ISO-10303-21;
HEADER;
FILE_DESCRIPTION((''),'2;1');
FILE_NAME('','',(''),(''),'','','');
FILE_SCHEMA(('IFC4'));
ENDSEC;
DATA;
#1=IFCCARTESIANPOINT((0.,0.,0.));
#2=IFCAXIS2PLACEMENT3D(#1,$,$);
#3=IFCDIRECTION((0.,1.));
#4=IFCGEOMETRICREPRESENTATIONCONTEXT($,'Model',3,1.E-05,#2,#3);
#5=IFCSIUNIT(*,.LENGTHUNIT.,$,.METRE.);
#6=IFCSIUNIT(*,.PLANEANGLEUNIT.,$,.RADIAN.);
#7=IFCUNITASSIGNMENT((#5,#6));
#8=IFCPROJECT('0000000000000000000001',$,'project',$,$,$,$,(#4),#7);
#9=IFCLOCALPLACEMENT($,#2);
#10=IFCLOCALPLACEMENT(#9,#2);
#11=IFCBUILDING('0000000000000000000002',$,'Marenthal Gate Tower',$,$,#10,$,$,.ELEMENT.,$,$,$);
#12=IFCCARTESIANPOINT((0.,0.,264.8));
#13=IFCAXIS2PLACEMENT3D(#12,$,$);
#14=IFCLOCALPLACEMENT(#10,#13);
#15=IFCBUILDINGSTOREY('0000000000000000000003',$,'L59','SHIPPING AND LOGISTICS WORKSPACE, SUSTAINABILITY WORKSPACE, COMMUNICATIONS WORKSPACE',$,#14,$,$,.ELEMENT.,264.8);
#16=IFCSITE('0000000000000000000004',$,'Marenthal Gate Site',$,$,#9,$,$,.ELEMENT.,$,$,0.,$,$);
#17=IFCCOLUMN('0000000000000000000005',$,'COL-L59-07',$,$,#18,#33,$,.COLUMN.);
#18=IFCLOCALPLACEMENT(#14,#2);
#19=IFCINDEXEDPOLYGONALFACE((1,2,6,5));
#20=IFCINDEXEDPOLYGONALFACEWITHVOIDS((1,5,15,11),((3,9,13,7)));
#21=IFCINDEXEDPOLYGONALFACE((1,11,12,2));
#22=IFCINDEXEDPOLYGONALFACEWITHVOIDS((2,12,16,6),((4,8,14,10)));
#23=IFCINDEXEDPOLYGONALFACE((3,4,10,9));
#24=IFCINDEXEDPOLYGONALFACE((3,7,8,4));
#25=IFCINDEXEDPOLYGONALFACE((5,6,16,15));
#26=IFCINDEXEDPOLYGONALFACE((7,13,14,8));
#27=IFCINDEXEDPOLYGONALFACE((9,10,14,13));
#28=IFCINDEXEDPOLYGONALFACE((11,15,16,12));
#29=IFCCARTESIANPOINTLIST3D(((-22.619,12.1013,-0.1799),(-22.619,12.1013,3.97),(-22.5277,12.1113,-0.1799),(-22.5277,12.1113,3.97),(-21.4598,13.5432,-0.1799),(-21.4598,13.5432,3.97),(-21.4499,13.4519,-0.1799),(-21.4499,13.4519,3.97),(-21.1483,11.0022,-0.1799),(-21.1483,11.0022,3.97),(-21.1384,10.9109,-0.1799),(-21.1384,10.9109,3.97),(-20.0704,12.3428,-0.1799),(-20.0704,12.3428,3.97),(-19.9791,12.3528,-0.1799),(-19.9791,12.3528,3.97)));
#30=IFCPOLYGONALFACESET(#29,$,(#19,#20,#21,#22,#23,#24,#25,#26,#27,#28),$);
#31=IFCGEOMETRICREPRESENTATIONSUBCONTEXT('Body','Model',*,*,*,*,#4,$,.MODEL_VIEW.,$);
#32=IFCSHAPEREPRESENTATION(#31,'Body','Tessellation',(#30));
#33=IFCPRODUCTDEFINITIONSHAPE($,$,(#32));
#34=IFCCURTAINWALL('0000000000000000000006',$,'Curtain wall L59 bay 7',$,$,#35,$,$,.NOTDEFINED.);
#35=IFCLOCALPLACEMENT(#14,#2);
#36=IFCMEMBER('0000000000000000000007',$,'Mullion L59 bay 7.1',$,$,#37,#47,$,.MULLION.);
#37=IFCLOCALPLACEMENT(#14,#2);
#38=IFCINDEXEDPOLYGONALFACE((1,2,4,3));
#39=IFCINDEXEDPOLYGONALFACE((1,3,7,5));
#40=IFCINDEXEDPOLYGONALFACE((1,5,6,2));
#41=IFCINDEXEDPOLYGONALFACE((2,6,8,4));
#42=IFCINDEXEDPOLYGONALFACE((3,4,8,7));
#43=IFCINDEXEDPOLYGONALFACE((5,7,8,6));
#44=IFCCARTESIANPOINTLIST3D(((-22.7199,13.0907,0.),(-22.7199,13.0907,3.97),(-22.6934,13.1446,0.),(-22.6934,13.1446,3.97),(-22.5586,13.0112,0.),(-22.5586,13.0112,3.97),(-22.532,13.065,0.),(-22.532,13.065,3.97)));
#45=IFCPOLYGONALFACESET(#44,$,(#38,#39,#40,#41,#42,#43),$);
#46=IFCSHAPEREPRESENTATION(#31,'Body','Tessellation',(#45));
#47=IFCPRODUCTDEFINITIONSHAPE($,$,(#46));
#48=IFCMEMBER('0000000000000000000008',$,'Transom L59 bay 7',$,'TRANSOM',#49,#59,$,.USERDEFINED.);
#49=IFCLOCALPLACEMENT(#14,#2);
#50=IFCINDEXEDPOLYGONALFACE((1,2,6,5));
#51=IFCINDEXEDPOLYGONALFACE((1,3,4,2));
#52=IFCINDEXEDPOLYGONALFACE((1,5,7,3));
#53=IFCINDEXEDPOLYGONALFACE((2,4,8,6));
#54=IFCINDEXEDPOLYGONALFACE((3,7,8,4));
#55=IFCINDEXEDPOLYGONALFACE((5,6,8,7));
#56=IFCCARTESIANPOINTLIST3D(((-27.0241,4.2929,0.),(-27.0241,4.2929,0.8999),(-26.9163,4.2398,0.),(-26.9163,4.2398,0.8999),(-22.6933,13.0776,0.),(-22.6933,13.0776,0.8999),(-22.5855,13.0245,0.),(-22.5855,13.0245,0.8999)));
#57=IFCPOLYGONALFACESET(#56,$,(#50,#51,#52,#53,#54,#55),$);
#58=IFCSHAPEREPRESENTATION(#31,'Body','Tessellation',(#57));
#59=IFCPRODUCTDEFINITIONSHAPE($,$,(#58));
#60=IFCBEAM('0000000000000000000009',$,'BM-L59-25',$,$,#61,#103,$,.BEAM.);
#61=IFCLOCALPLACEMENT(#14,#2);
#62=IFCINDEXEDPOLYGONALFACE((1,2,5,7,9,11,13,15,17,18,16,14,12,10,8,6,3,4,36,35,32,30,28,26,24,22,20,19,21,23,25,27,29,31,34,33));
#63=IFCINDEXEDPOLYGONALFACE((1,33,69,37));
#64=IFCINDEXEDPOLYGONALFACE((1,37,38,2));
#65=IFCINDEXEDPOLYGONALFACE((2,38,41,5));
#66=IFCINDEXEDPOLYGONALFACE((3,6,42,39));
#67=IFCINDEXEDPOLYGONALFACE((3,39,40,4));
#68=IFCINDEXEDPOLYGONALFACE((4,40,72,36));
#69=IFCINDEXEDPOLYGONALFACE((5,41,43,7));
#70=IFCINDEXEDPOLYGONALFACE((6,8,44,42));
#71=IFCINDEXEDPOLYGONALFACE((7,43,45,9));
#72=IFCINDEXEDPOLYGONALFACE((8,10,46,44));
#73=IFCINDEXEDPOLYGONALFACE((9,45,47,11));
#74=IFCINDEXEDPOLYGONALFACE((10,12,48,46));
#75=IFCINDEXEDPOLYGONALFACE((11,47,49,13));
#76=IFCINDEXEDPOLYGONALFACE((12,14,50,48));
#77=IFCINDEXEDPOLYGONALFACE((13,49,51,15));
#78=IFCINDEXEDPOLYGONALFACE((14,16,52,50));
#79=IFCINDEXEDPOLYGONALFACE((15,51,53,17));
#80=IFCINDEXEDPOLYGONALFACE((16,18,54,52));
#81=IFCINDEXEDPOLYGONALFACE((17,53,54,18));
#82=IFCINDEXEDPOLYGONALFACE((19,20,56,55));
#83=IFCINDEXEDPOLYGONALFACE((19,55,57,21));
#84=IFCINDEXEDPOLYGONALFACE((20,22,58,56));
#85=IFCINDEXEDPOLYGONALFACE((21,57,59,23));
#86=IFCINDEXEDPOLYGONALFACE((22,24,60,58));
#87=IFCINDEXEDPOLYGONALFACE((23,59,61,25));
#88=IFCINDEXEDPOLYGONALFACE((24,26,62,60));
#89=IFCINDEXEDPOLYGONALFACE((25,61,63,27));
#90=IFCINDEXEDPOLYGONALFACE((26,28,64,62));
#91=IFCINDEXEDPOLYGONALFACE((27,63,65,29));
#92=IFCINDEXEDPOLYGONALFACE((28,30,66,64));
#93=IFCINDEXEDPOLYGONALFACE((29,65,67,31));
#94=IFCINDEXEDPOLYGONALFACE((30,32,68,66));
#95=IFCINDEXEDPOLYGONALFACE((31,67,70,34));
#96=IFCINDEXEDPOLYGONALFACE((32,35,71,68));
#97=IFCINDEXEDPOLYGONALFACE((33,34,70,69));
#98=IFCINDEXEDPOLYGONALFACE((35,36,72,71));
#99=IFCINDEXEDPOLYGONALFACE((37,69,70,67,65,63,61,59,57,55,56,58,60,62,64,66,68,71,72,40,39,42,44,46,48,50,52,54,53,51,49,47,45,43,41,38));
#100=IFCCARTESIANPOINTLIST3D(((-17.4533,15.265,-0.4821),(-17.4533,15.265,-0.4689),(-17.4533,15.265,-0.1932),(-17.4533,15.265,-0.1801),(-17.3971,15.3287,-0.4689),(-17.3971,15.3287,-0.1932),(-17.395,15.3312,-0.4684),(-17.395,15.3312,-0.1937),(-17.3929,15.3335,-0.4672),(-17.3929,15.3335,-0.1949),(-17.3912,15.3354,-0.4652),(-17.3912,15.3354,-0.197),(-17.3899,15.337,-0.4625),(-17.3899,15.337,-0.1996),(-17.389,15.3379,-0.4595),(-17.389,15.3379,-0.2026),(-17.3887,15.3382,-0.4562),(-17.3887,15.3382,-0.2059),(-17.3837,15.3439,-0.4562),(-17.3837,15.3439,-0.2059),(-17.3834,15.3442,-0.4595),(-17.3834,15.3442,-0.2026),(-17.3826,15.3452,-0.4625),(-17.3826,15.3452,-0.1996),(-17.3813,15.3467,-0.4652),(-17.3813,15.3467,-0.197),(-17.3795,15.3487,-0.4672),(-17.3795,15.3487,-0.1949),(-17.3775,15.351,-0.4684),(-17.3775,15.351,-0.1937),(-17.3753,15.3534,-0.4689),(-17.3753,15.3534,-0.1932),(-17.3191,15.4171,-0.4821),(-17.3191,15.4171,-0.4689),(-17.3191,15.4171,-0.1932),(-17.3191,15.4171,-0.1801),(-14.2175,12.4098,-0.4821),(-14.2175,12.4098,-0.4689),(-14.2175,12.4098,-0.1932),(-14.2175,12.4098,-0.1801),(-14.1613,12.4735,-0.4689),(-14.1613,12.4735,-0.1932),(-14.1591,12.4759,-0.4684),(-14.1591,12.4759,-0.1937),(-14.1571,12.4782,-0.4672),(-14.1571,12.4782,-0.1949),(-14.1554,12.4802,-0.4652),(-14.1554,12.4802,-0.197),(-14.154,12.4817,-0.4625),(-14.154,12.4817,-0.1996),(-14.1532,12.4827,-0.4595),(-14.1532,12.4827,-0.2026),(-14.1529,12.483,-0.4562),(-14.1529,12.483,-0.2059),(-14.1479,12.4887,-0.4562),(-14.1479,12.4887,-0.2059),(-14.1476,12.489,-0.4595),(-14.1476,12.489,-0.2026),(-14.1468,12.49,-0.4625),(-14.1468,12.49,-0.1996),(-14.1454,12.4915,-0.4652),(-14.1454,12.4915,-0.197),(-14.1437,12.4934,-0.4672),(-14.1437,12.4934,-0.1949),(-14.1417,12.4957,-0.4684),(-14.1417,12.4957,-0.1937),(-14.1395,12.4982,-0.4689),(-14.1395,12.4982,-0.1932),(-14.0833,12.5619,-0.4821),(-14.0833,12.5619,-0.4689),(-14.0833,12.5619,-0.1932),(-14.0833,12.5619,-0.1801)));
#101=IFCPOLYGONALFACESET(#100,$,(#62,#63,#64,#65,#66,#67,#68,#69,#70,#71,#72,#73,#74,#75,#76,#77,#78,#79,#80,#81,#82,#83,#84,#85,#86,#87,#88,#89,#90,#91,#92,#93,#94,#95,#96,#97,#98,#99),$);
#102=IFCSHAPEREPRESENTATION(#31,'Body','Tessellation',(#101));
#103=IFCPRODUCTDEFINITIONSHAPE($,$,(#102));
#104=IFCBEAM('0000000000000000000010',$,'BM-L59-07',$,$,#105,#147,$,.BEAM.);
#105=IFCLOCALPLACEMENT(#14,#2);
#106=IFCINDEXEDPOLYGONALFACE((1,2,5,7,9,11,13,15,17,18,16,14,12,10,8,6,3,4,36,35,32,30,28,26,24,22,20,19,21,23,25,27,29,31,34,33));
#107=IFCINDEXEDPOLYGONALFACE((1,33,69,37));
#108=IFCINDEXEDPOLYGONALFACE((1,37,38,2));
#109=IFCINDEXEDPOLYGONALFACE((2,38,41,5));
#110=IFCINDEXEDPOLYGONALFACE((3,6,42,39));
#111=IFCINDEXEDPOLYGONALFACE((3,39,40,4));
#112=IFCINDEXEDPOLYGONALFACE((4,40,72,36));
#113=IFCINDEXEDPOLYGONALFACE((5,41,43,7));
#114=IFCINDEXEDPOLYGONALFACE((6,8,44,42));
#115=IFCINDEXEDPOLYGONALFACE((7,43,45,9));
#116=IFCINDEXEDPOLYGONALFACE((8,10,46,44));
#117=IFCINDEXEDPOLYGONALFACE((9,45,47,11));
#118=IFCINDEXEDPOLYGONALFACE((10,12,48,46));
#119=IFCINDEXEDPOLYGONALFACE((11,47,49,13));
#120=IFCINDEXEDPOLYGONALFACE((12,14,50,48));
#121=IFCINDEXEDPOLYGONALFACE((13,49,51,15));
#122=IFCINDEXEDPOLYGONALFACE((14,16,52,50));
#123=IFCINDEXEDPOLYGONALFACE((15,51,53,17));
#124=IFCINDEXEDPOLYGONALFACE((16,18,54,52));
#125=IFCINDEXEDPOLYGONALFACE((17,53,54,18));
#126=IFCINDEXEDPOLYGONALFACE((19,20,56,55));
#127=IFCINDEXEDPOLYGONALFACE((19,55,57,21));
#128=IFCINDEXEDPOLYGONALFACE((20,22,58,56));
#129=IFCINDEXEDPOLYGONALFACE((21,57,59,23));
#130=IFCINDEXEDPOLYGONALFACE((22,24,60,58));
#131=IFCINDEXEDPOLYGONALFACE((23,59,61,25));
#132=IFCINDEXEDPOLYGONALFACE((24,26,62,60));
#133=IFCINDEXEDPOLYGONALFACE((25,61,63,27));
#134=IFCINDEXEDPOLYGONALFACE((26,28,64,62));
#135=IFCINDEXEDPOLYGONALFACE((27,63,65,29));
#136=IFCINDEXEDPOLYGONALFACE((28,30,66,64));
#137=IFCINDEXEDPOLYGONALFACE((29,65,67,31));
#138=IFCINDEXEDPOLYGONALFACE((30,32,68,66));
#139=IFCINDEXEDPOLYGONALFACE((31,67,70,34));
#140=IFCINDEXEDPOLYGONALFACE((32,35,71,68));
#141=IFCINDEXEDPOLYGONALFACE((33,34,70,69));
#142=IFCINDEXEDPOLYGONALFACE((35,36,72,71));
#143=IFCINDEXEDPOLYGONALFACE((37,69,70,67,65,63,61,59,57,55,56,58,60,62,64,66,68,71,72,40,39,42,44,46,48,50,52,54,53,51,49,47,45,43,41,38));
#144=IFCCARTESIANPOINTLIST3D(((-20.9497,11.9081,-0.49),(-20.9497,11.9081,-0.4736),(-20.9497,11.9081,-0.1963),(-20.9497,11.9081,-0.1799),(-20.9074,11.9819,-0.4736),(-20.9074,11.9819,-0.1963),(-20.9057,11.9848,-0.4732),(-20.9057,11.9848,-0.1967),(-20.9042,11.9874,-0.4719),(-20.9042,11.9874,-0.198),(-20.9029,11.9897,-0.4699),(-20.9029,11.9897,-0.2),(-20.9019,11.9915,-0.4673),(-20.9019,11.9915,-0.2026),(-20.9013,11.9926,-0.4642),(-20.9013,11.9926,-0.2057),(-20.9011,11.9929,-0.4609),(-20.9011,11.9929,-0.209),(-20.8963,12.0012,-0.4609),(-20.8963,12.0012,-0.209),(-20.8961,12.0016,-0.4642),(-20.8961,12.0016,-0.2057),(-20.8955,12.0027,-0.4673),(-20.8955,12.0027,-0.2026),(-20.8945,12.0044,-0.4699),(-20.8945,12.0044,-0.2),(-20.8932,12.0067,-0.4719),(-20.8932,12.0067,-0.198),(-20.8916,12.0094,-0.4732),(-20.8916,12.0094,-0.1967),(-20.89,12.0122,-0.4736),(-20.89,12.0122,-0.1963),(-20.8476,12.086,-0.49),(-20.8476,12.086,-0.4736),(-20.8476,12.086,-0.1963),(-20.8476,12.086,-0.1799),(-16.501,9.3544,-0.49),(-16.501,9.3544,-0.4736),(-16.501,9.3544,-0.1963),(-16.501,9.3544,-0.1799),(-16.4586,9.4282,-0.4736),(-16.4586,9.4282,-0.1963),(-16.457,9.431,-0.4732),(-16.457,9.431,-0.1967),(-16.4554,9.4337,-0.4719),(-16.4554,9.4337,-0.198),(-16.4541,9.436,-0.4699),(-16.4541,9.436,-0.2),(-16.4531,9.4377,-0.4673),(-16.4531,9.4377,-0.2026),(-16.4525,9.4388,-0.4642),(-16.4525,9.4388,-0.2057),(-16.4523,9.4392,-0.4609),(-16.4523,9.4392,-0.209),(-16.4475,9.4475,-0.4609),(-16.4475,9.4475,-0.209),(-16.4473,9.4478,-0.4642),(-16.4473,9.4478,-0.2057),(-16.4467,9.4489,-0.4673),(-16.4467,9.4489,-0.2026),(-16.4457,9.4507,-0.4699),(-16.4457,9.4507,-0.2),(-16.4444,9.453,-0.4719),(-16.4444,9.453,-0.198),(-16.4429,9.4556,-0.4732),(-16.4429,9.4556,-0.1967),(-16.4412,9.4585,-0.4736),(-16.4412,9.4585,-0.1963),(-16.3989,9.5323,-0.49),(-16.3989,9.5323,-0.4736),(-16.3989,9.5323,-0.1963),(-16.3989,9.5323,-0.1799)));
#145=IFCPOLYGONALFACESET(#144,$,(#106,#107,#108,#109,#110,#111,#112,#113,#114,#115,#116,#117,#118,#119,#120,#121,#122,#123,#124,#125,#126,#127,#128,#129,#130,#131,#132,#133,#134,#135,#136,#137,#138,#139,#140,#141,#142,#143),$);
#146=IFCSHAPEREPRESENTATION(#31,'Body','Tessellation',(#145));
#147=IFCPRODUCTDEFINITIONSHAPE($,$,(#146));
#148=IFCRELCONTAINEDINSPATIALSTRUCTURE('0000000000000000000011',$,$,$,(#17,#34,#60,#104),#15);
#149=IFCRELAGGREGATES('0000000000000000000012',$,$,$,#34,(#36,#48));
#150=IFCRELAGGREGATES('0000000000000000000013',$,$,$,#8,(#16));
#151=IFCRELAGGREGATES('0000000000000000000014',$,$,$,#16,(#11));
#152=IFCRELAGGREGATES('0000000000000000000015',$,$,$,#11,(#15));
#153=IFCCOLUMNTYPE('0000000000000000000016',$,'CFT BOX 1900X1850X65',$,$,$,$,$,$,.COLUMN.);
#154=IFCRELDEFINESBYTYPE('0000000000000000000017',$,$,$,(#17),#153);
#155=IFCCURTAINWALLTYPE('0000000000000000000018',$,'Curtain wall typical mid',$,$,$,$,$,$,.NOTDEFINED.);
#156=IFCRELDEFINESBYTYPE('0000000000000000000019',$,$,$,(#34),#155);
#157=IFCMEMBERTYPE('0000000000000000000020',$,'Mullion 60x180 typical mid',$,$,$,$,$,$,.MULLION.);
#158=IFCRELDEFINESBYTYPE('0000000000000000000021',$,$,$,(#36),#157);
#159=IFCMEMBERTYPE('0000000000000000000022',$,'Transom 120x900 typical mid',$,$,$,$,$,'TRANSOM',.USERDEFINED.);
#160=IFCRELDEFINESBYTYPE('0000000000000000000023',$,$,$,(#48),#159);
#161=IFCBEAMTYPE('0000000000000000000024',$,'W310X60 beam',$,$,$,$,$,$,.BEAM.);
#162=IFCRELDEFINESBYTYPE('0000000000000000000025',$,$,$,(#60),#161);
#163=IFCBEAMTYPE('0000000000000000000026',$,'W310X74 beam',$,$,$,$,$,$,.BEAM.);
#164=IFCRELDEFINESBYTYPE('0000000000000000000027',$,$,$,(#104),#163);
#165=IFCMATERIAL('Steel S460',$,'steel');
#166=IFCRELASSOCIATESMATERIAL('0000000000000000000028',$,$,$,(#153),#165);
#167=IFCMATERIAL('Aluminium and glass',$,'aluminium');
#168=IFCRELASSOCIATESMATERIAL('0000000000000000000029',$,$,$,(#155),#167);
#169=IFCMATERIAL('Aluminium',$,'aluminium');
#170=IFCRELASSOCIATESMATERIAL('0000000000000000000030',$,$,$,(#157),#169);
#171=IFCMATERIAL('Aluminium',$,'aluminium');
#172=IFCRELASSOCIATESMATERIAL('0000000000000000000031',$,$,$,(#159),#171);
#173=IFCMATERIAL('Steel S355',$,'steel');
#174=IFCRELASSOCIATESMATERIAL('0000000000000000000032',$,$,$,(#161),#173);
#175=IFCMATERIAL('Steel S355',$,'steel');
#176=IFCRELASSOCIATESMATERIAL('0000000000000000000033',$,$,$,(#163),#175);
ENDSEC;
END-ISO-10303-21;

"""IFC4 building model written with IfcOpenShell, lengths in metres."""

from ifc_helpers import new_model, si_unit, direction, frame, origin, origin_2d, place, context, subcontext, project, spatial, rectangle, hollow_rectangle, i_section, extrude, material, material_profile, profile_set, type_object, element, aggregate, save


model = new_model("IFC4")

# Units and contexts
model_context = context("Model", 3, precision=1e-05, world=origin(), true_north=direction((0.0, 1.0)))
body_context = subcontext(model_context, "Body", "Model", "MODEL_VIEW")
ifc_project = project(units=[si_unit("LENGTHUNIT", "METRE"), si_unit("PLANEANGLEUNIT", "RADIAN")], contexts=[model_context])

# Site, building, storey
site_placement = place(None, origin())
site = spatial("IfcSite", under=ifc_project, at=site_placement, Name="Marenthal Gate Site", CompositionType="ELEMENT", RefElevation=0.0)
building_placement = place(site_placement, origin())
building = spatial("IfcBuilding", under=site, at=building_placement, Name="Marenthal Gate Tower", CompositionType="ELEMENT")
storey_placement = place(building_placement, frame((0.0, 0.0, 264.8)))
storey = spatial("IfcBuildingStorey", under=building, at=storey_placement, Name="L59", Description="SHIPPING AND LOGISTICS WORKSPACE, SUSTAINABILITY WORKSPACE, COMMUNICATIONS WORKSPACE", CompositionType="ELEMENT", Elevation=264.8)

# Column
ifc_material_1 = material(Name="Steel S460", Category="steel")
ifc_material_profile_1 = material_profile(ifc_material_1, hollow_rectangle(XDim=1.8501, YDim=1.8999, WallThickness=0.0649, at=origin_2d()), Name="CFT BOX 1900X1850X65")
ifc_material_2 = material(Name="Concrete 70 MPa", Category="concrete")
ifc_material_profile_2 = material_profile(ifc_material_2, rectangle(XDim=1.72, YDim=1.77, at=origin_2d()), Name="CFT BOX 1900X1850X65 INFILL")
ifc_profile_set_1 = profile_set([ifc_material_profile_1, ifc_material_profile_2], Name="Steel S460 shell, Concrete 70 MPa infill")
column_type = type_object("IfcColumnType", Name="CFT BOX 1900X1850X65", PredefinedType="COLUMN", material=ifc_profile_set_1)
column_placement = place(storey_placement, frame((-21.2991, 12.2271, -0.1799), z_axis=(0.0, 0.0, 1.0), x_axis=(0.626593, 0.779347, 0.0)))
element("IfcColumn", 1, at=column_placement, inside=storey, type_object=column_type, Name="COL-L59-07", PredefinedType="COLUMN", context=body_context, shape_type="SweptSolid", body=[
    extrude(hollow_rectangle(XDim=1.8501, YDim=1.8999, WallThickness=0.0649, at=origin_2d()), origin(), (0.0, 0.0, 1.0), 4.1499),
])

# Curtain wall, members
ifc_material_3 = material(Name="Aluminium and glass", Category="aluminium")
curtain_wall_type = type_object("IfcCurtainWallType", Name="Curtain wall typical mid", PredefinedType="NOTDEFINED", material=ifc_material_3)
curtain_wall_placement = place(storey_placement, origin())
curtain_wall = element("IfcCurtainWall", 2, at=curtain_wall_placement, inside=storey, type_object=curtain_wall_type, Name="Curtain wall L59 bay 7", PredefinedType="NOTDEFINED")
ifc_material_4 = material(Name="Aluminium", Category="aluminium")
ifc_material_profile_3 = material_profile(ifc_material_4, rectangle(XDim=0.1799, YDim=0.0601, at=origin_2d()), Name="60x180 aluminium mullion")
ifc_profile_set_2 = profile_set([ifc_material_profile_3], Name="Aluminium")
member_type_1 = type_object("IfcMemberType", Name="Mullion 60x180 typical mid", PredefinedType="MULLION", material=ifc_profile_set_2)
member_1_placement = place(storey_placement, frame((-22.626, 13.0779, 0.0), z_axis=(0.0, 0.0, 1.0), x_axis=(0.896921, -0.442192, 0.0)))
member_1 = element("IfcMember", 3, at=member_1_placement, type_object=member_type_1, Name="Mullion L59 bay 7.1", PredefinedType="MULLION", context=body_context, shape_type="SweptSolid", body=[
    extrude(rectangle(XDim=0.1799, YDim=0.0601, at=origin_2d()), origin(), (0.0, 0.0, 1.0), 3.97),
])
ifc_material_5 = material(Name="Aluminium", Category="aluminium")
ifc_material_profile_4 = material_profile(ifc_material_5, rectangle(XDim=0.1201, YDim=0.8999, at=origin_2d()), Name="120x900 aluminium transom")
ifc_profile_set_3 = profile_set([ifc_material_profile_4], Name="Aluminium")
member_type_2 = type_object("IfcMemberType", Name="Transom 120x900 typical mid", ElementType="TRANSOM", PredefinedType="USERDEFINED", material=ifc_profile_set_3)
member_2_placement = place(storey_placement, frame((-22.6394, 13.051, 0.45), z_axis=(-0.442181, -0.896926, 0.0), x_axis=(0.896926, -0.442181, 0.0)))
member_2 = element("IfcMember", 4, at=member_2_placement, type_object=member_type_2, Name="Transom L59 bay 7", ObjectType="TRANSOM", PredefinedType="USERDEFINED", context=body_context, shape_type="SweptSolid", body=[
    extrude(rectangle(XDim=0.1201, YDim=0.8999, at=origin_2d()), origin(), (0.0, 0.0, 1.0), 9.7942),
])

# Beams
ifc_material_6 = material(Name="Steel S355", Category="steel")
ifc_material_profile_5 = material_profile(ifc_material_6, i_section(OverallWidth=0.2029, OverallDepth=0.302, WebThickness=0.0076, FlangeThickness=0.0132, FilletRadius=0.0127, at=origin_2d()), Name="W310X60")
ifc_profile_set_4 = profile_set([ifc_material_profile_5], Name="Steel S355")
beam_type_1 = type_object("IfcBeamType", Name="W310X60 beam", PredefinedType="BEAM", material=ifc_profile_set_4)
beam_1_placement = place(storey_placement, frame((-17.3862, 15.3411, -0.3311), z_axis=(0.74983, -0.661631, 0.0), x_axis=(0.661631, 0.74983, 0.0)))
element("IfcBeam", 5, at=beam_1_placement, inside=storey, type_object=beam_type_1, Name="BM-L59-25", PredefinedType="BEAM", context=body_context, shape_type="SweptSolid", body=[
    extrude(i_section(OverallWidth=0.2029, OverallDepth=0.302, WebThickness=0.0076, FlangeThickness=0.0132, FilletRadius=0.0127, at=origin_2d()), origin(), (0.0, 0.0, 1.0), 4.3154),
])
ifc_material_7 = material(Name="Steel S355", Category="steel")
ifc_material_profile_6 = material_profile(ifc_material_7, i_section(OverallWidth=0.2051, OverallDepth=0.3101, WebThickness=0.0095, FlangeThickness=0.0164, FilletRadius=0.0127, at=origin_2d()), Name="W310X74")
ifc_profile_set_5 = profile_set([ifc_material_profile_6], Name="Steel S355")
beam_type_2 = type_object("IfcBeamType", Name="W310X74 beam", PredefinedType="BEAM", material=ifc_profile_set_5)
beam_2_placement = place(storey_placement, frame((-20.8987, 11.9971, -0.335), z_axis=(0.867269, -0.49784, 0.0), x_axis=(0.49784, 0.867269, 0.0)))
element("IfcBeam", 6, at=beam_2_placement, inside=storey, type_object=beam_type_2, Name="BM-L59-07", PredefinedType="BEAM", context=body_context, shape_type="SweptSolid", body=[
    extrude(i_section(OverallWidth=0.2051, OverallDepth=0.3101, WebThickness=0.0095, FlangeThickness=0.0164, FilletRadius=0.0127, at=origin_2d()), origin(), (0.0, 0.0, 1.0), 5.1296),
])

aggregate(curtain_wall, [member_1, member_2])

save(model, "model.ifc")
